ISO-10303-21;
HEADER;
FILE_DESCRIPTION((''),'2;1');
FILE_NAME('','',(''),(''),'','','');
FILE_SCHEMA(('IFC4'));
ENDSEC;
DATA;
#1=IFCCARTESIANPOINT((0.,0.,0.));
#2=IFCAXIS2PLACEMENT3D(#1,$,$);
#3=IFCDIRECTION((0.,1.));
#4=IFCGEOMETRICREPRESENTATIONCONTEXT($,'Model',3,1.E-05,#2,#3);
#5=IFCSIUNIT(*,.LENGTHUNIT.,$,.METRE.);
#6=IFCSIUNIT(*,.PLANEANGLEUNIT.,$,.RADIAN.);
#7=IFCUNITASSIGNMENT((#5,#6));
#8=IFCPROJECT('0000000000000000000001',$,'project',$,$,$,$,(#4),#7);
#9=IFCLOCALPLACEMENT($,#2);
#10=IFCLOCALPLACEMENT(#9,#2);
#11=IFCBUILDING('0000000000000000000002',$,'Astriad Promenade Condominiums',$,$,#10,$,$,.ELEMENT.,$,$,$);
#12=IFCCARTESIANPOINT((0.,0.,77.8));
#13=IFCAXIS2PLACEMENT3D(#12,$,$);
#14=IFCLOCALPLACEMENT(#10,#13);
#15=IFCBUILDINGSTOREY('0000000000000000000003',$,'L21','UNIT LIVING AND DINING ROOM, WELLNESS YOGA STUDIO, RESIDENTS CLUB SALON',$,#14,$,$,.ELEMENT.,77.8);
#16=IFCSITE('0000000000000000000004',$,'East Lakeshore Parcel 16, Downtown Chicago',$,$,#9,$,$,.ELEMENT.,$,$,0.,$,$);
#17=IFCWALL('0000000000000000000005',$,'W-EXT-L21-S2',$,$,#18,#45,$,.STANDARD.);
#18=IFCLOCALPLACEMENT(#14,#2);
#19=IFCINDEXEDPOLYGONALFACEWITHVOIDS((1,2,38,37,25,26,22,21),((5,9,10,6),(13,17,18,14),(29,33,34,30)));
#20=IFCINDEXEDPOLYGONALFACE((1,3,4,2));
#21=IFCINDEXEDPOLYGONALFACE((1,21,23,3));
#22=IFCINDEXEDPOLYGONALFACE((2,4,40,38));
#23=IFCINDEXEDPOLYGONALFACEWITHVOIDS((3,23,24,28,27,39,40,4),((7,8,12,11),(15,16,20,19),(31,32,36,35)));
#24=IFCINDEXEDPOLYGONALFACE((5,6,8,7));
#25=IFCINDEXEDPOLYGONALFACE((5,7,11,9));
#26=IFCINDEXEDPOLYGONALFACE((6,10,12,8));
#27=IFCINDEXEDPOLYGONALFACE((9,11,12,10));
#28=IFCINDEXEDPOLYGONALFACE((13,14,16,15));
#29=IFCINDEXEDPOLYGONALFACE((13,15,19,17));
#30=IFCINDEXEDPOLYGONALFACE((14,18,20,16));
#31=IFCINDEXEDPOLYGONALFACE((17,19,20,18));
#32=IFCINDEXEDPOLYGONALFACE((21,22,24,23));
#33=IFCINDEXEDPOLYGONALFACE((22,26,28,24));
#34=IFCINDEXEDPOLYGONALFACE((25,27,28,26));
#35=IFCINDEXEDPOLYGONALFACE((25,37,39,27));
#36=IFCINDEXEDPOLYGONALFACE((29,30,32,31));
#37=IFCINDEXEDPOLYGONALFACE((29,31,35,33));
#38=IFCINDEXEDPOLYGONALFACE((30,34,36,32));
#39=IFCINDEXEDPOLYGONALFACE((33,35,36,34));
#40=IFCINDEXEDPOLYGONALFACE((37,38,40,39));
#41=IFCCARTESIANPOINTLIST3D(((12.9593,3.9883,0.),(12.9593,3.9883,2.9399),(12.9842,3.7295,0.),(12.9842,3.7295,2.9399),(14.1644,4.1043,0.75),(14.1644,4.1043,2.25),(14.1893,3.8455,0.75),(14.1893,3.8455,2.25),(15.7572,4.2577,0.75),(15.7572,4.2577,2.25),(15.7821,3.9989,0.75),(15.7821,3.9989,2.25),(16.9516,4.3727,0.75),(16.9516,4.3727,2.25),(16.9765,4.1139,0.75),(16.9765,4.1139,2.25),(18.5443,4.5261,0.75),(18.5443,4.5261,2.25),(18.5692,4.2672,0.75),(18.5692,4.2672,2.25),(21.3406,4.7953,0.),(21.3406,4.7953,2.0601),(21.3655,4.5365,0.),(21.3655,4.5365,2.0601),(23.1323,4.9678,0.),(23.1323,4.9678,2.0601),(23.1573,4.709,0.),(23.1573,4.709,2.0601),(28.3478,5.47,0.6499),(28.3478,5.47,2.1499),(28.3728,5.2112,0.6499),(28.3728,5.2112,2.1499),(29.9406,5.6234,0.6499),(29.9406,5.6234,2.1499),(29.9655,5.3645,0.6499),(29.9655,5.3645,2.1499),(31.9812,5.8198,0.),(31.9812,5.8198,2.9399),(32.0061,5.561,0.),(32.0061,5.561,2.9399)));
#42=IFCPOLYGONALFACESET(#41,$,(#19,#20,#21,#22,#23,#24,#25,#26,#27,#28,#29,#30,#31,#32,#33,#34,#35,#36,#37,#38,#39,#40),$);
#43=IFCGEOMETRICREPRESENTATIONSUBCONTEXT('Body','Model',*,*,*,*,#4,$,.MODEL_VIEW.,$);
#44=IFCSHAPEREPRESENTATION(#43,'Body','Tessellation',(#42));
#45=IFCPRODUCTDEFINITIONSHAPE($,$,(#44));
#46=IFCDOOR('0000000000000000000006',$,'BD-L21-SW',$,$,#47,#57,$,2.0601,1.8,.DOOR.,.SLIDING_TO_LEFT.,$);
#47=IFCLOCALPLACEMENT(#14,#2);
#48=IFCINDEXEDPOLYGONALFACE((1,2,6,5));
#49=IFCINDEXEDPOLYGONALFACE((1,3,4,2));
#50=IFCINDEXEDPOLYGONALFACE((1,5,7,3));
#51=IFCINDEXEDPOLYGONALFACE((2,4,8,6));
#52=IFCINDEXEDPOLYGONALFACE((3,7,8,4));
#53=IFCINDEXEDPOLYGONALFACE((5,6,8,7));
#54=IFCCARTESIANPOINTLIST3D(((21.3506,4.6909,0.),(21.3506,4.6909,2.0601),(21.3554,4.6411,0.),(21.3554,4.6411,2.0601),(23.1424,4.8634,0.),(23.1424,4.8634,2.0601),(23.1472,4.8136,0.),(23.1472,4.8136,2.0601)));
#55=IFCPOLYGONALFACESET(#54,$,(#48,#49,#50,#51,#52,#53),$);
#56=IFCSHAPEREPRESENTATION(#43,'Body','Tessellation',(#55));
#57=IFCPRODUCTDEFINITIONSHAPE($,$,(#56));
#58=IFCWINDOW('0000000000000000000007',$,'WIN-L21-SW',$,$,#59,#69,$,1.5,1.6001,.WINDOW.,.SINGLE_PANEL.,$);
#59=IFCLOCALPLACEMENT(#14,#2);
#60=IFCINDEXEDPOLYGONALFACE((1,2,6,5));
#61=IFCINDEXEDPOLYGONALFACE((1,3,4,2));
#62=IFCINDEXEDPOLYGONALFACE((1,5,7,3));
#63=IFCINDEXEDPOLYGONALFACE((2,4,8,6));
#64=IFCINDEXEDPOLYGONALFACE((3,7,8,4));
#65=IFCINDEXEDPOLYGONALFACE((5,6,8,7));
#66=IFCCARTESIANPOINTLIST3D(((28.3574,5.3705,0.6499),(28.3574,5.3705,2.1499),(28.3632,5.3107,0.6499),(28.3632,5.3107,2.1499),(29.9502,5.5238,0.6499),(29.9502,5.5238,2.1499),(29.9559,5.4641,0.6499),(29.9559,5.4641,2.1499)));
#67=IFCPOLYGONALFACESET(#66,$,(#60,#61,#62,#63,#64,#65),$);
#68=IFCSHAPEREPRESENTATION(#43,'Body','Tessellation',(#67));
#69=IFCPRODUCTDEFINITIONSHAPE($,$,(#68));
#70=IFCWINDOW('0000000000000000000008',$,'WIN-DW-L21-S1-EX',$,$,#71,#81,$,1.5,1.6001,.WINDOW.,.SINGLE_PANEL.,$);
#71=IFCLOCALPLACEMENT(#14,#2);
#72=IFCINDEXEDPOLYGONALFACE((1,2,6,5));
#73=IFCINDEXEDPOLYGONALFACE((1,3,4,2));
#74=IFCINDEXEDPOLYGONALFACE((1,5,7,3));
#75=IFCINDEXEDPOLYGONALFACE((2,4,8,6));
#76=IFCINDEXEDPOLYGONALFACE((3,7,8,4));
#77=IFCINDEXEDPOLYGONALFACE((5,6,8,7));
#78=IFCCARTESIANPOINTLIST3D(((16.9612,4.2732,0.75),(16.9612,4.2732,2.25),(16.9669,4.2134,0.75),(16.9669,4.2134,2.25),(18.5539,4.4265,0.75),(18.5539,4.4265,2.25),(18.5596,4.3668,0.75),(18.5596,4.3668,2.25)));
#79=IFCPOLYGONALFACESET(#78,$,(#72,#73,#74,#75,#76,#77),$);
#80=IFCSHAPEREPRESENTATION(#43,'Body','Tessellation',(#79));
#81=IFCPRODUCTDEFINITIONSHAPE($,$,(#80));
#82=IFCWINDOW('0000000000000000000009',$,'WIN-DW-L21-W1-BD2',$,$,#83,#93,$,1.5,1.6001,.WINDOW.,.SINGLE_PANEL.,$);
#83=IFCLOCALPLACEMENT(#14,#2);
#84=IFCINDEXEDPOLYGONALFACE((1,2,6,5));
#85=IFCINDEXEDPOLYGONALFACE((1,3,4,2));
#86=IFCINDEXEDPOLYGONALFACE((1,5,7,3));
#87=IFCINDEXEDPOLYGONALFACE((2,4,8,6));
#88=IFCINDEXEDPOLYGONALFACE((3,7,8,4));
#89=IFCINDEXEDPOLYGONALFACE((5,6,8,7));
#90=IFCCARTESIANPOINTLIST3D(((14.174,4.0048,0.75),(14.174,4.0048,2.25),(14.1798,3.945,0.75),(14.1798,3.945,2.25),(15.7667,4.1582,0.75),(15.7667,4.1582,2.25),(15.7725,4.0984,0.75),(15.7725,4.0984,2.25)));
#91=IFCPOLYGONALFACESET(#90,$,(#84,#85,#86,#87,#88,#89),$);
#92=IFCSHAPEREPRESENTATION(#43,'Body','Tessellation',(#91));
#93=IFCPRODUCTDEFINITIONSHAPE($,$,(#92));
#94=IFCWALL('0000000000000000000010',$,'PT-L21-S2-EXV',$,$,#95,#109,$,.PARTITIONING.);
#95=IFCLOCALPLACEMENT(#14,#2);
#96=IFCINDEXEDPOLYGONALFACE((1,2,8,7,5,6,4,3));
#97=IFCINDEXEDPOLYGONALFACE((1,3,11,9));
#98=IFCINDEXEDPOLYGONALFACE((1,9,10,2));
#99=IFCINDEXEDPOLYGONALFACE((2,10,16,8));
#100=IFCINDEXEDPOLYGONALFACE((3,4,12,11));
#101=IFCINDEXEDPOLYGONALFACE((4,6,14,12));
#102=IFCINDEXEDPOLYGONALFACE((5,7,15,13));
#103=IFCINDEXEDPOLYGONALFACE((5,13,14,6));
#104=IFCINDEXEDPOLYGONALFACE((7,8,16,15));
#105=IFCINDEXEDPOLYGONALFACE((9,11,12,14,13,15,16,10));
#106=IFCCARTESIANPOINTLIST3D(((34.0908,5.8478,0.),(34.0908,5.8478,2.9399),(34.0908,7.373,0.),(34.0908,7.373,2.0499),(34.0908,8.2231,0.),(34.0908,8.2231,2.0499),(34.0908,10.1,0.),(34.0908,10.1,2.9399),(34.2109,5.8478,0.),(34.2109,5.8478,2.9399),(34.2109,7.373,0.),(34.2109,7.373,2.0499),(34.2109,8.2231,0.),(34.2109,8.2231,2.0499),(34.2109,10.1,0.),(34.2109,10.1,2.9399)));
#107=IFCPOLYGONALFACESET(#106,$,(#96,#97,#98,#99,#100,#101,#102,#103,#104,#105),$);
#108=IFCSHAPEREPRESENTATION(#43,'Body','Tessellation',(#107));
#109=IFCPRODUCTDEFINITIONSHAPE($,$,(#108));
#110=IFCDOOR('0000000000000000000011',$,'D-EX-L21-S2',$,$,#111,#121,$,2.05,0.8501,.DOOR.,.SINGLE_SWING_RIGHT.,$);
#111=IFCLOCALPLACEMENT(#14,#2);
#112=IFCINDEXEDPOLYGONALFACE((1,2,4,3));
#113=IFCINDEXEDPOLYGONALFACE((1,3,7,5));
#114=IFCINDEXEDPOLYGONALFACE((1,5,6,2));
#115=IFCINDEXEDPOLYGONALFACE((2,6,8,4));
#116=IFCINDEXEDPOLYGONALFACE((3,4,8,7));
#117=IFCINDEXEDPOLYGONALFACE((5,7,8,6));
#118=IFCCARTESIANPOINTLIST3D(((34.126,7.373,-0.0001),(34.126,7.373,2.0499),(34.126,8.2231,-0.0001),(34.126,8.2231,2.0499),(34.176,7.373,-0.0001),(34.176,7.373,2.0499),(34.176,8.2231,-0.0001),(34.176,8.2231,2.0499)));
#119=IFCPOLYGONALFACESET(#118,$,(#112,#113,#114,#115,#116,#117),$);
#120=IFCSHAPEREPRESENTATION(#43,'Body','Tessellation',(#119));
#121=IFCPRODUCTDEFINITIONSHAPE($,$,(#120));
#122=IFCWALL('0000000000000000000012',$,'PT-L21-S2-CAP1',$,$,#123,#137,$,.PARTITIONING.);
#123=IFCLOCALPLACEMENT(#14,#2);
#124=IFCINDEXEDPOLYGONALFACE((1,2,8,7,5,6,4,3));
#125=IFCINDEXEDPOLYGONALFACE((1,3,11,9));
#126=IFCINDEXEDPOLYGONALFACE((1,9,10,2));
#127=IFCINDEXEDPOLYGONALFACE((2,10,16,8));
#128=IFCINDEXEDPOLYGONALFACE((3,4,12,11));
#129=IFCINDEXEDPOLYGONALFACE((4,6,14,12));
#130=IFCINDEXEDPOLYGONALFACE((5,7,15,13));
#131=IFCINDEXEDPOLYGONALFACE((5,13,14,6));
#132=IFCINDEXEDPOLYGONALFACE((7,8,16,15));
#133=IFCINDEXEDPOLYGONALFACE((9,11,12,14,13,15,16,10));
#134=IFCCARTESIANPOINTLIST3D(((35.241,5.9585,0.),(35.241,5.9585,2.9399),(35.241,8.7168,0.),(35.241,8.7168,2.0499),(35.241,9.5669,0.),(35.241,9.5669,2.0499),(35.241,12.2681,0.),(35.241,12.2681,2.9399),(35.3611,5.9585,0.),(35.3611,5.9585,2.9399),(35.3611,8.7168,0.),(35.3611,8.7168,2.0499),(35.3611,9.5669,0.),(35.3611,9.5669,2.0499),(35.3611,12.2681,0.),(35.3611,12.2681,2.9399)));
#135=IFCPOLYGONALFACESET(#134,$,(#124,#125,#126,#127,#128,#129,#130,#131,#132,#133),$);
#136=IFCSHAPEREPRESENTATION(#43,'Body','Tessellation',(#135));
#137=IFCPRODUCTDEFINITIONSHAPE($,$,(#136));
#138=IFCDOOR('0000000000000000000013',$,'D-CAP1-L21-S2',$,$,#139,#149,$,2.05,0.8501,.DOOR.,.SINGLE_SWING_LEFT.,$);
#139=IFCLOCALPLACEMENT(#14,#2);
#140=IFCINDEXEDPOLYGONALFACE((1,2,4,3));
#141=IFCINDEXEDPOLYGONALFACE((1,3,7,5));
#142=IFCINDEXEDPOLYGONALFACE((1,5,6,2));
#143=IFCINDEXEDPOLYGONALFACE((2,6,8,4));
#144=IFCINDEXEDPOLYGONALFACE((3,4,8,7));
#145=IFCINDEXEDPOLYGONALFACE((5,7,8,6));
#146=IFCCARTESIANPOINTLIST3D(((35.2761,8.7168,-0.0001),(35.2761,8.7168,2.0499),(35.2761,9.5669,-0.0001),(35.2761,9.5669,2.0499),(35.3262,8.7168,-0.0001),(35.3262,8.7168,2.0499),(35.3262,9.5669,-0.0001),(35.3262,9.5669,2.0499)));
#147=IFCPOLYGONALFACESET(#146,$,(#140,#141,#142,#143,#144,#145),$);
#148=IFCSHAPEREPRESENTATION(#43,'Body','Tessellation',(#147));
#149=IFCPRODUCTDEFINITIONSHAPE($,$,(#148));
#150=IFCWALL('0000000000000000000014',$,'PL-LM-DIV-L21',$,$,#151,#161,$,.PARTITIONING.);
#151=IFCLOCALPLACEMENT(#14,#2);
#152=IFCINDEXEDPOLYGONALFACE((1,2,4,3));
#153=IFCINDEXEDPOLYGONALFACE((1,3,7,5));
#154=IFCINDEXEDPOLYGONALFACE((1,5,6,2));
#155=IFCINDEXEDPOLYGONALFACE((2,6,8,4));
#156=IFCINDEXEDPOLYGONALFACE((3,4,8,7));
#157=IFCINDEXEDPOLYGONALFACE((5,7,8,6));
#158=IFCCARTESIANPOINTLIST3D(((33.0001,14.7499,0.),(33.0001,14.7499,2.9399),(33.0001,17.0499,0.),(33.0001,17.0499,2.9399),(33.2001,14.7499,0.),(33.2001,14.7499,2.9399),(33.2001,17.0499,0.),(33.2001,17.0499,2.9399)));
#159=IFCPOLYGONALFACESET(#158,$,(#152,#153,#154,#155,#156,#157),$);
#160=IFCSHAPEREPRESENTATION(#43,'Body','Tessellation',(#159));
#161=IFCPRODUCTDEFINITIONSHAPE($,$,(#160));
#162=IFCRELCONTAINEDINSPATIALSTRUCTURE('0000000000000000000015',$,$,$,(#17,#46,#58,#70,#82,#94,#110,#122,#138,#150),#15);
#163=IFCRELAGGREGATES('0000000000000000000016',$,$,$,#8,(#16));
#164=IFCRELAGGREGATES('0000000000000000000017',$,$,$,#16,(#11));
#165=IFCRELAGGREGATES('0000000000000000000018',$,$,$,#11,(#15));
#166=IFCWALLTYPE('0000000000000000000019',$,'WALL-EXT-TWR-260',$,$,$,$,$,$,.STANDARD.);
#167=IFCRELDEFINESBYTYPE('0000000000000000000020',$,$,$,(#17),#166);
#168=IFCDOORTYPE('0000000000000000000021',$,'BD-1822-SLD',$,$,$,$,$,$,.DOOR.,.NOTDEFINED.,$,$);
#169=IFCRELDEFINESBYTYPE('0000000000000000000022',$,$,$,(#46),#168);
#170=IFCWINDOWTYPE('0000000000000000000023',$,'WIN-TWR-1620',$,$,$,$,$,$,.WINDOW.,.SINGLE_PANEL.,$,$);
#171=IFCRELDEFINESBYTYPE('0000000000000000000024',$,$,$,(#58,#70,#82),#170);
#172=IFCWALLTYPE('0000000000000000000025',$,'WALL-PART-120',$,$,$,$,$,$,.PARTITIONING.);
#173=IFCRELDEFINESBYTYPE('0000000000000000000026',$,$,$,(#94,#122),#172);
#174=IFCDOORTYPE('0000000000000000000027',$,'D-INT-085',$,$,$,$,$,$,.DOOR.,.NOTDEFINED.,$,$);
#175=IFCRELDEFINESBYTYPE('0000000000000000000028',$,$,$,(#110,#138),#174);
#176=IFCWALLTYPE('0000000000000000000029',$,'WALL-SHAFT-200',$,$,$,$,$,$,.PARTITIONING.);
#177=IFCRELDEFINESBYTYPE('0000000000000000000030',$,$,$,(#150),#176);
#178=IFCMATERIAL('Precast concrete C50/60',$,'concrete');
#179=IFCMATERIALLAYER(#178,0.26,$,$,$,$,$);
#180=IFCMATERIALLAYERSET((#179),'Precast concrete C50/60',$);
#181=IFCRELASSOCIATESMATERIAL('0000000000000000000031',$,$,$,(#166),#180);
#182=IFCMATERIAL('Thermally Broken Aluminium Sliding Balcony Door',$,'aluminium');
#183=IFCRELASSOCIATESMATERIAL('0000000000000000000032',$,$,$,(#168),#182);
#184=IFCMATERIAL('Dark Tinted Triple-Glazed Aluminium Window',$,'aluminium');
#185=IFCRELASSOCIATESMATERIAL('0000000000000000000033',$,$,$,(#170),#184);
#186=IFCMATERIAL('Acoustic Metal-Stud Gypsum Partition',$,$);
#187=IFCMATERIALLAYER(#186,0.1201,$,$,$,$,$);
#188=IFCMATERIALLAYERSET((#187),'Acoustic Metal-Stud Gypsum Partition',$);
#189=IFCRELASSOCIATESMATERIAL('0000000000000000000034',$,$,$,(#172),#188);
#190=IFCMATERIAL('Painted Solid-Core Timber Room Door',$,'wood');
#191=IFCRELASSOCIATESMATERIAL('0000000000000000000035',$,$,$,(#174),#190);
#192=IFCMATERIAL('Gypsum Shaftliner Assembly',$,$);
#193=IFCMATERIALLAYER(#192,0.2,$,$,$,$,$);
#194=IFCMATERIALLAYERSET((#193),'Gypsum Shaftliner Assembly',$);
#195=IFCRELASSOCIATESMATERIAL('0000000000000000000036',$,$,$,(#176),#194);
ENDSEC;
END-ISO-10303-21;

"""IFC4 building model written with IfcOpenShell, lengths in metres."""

from ifc_helpers import new_model, si_unit, direction, frame, frame_2d, origin, place, context, subcontext, project, spatial, rectangle, extrude, source, transform, mapped, material, layer, layer_set, type_object, type_shapes, element, fill, save


model = new_model("IFC4")

# Units and contexts
model_context = context("Model", 3, precision=1e-05, world=origin(), true_north=direction((0.0, 1.0)))
body_context = subcontext(model_context, "Body", "Model", "MODEL_VIEW")
ifc_project = project(units=[si_unit("LENGTHUNIT", "METRE"), si_unit("PLANEANGLEUNIT", "RADIAN")], contexts=[model_context])

# Site, building, storey
site_placement = place(None, origin())
site = spatial("IfcSite", under=ifc_project, at=site_placement, Name="East Lakeshore Parcel 16, Downtown Chicago", CompositionType="ELEMENT", RefElevation=0.0)
building_placement = place(site_placement, origin())
building = spatial("IfcBuilding", under=site, at=building_placement, Name="Astriad Promenade Condominiums", CompositionType="ELEMENT")
storey_placement = place(building_placement, frame((0.0, 0.0, 77.8)))
storey = spatial("IfcBuildingStorey", under=building, at=storey_placement, Name="L21", Description="UNIT LIVING AND DINING ROOM, WELLNESS YOGA STUDIO, RESIDENTS CLUB SALON", CompositionType="ELEMENT", Elevation=77.8)

# Wall, openings, door, windows
ifc_material_1 = material(Name="Precast concrete C50/60", Category="concrete")
ifc_layer_1 = layer(ifc_material_1, 0.26)
ifc_layer_set_1 = layer_set([ifc_layer_1], Name="Precast concrete C50/60")
wall_type_1 = type_object("IfcWallType", Name="WALL-EXT-TWR-260", PredefinedType="STANDARD", material=ifc_layer_set_1)
wall_1_placement = place(storey_placement, frame((31.9937, 5.6904, 0.0), z_axis=(0.0, 0.0, 1.0), x_axis=(-0.995397, -0.095842, 0.0)))
wall_1 = element("IfcWall", 1, at=wall_1_placement, inside=storey, type_object=wall_type_1, Name="W-EXT-L21-S2", PredefinedType="STANDARD", context=body_context, shape_type="SweptSolid", body=[
    extrude(rectangle(XDim=19.1099, YDim=0.26, at=frame_2d((9.5549, 0.0))), origin(), (0.0, 0.0, 1.0), 2.9399),
])
opening_1_placement = place(wall_1_placement, frame((8.8899, 0.0, 0.0)))
opening_1 = element("IfcOpeningElement", 2, at=opening_1_placement, cuts=wall_1, PredefinedType="OPENING", context=body_context, shape_type="SweptSolid", body=[
    extrude(rectangle(XDim=1.8, YDim=2.0601, at=frame_2d((0.8999, 1.03))), frame((0.0, 0.1399, 0.0), z_axis=(0.0, -1.0, 0.0), x_axis=(1.0, 0.0, 0.0)), (0.0, 0.0, 1.0), 0.28),
])
opening_2_placement = place(wall_1_placement, frame((2.05, 0.0, 0.6499)))
opening_2 = element("IfcOpeningElement", 3, at=opening_2_placement, cuts=wall_1, PredefinedType="OPENING", context=body_context, shape_type="SweptSolid", body=[
    extrude(rectangle(XDim=1.6001, YDim=1.5, at=frame_2d((0.8, 0.75))), frame((0.0, 0.1399, 0.0), z_axis=(0.0, -1.0, 0.0), x_axis=(1.0, 0.0, 0.0)), (0.0, 0.0, 1.0), 0.28),
])
opening_3_placement = place(wall_1_placement, frame((13.499, 0.0, 0.75)))
opening_3 = element("IfcOpeningElement", 4, at=opening_3_placement, cuts=wall_1, PredefinedType="OPENING", context=body_context, shape_type="SweptSolid", body=[
    extrude(rectangle(XDim=1.6001, YDim=1.5, at=frame_2d((0.8, 0.75))), frame((0.0, 0.1399, 0.0), z_axis=(0.0, -1.0, 0.0), x_axis=(1.0, 0.0, 0.0)), (0.0, 0.0, 1.0), 0.28),
])
opening_4_placement = place(wall_1_placement, frame((16.2991, 0.0, 0.75)))
opening_4 = element("IfcOpeningElement", 5, at=opening_4_placement, cuts=wall_1, PredefinedType="OPENING", context=body_context, shape_type="SweptSolid", body=[
    extrude(rectangle(XDim=1.6001, YDim=1.5, at=frame_2d((0.8, 0.75))), frame((0.0, 0.1399, 0.0), z_axis=(0.0, -1.0, 0.0), x_axis=(1.0, 0.0, 0.0)), (0.0, 0.0, 1.0), 0.28),
])
ifc_material_2 = material(Name="Thermally Broken Aluminium Sliding Balcony Door", Category="aluminium")
door_type_1 = type_object("IfcDoorType", Name="BD-1822-SLD", OperationType="NOTDEFINED", PredefinedType="DOOR", material=ifc_material_2)
shared_shape_1 = source(origin(), body_context, "Body", "SweptSolid", [
    extrude(rectangle(XDim=1.8, YDim=2.0601, at=frame_2d((0.8999, 1.03))), frame((0.0, 0.0249, 0.0), z_axis=(0.0, -1.0, 0.0), x_axis=(1.0, 0.0, 0.0)), (0.0, 0.0, 1.0), 0.05),
])
type_shapes(door_type_1, [shared_shape_1])
door_1_placement = place(opening_1_placement, origin())
door_1 = element("IfcDoor", 6, at=door_1_placement, inside=storey, type_object=door_type_1, Name="BD-L21-SW", OperationType="SLIDING_TO_LEFT", OverallHeight=2.0601, OverallWidth=1.8, PredefinedType="DOOR", context=body_context, shape_type="MappedRepresentation", body=[
    mapped(shared_shape_1, transform((0.0, 0.0, 0.0), scale=1.0)),
])
fill(opening_1, door_1)
ifc_material_3 = material(Name="Dark Tinted Triple-Glazed Aluminium Window", Category="aluminium")
window_type = type_object("IfcWindowType", Name="WIN-TWR-1620", PartitioningType="SINGLE_PANEL", PredefinedType="WINDOW", material=ifc_material_3)
shared_shape_2 = source(origin(), body_context, "Body", "SweptSolid", [
    extrude(rectangle(XDim=1.6001, YDim=1.5, at=frame_2d((0.8, 0.75))), frame((0.0, 0.03, 0.0), z_axis=(0.0, -1.0, 0.0), x_axis=(1.0, 0.0, 0.0)), (0.0, 0.0, 1.0), 0.0601),
])
type_shapes(window_type, [shared_shape_2])
window_1_placement = place(opening_2_placement, origin())
window_1 = element("IfcWindow", 7, at=window_1_placement, inside=storey, type_object=window_type, Name="WIN-L21-SW", OverallHeight=1.5, OverallWidth=1.6001, PartitioningType="SINGLE_PANEL", PredefinedType="WINDOW", context=body_context, shape_type="MappedRepresentation", body=[
    mapped(shared_shape_2, transform((0.0, 0.0, 0.0), scale=1.0)),
])
fill(opening_2, window_1)
window_2_placement = place(opening_3_placement, origin())
window_2 = element("IfcWindow", 8, at=window_2_placement, inside=storey, type_object=window_type, Name="WIN-DW-L21-S1-EX", OverallHeight=1.5, OverallWidth=1.6001, PartitioningType="SINGLE_PANEL", PredefinedType="WINDOW", context=body_context, shape_type="MappedRepresentation", body=[
    mapped(shared_shape_2, transform((0.0, 0.0, 0.0), scale=1.0)),
])
fill(opening_3, window_2)
window_3_placement = place(opening_4_placement, origin())
window_3 = element("IfcWindow", 9, at=window_3_placement, inside=storey, type_object=window_type, Name="WIN-DW-L21-W1-BD2", OverallHeight=1.5, OverallWidth=1.6001, PartitioningType="SINGLE_PANEL", PredefinedType="WINDOW", context=body_context, shape_type="MappedRepresentation", body=[
    mapped(shared_shape_2, transform((0.0, 0.0, 0.0), scale=1.0)),
])
fill(opening_4, window_3)

# Walls, openings, doors
ifc_material_4 = material(Name="Acoustic Metal-Stud Gypsum Partition")
ifc_layer_2 = layer(ifc_material_4, 0.1201)
ifc_layer_set_2 = layer_set([ifc_layer_2], Name="Acoustic Metal-Stud Gypsum Partition")
wall_type_2 = type_object("IfcWallType", Name="WALL-PART-120", PredefinedType="PARTITIONING", material=ifc_layer_set_2)
wall_2_placement = place(storey_placement, frame((34.1509, 5.8479, 0.0), z_axis=(0.0, 0.0, 1.0), x_axis=(0.0, 1.0, 0.0)))
wall_2 = element("IfcWall", 10, at=wall_2_placement, inside=storey, type_object=wall_type_2, Name="PT-L21-S2-EXV", PredefinedType="PARTITIONING", context=body_context, shape_type="SweptSolid", body=[
    extrude(rectangle(XDim=4.2522, YDim=0.1201, at=frame_2d((2.126, 0.0))), origin(), (0.0, 0.0, 1.0), 2.9399),
])
opening_5_placement = place(wall_2_placement, frame((1.5251, 0.0, 0.0)))
opening_5 = element("IfcOpeningElement", 11, at=opening_5_placement, cuts=wall_2, PredefinedType="OPENING", context=body_context, shape_type="SweptSolid", body=[
    extrude(rectangle(XDim=0.8501, YDim=2.05, at=frame_2d((0.425, 1.0249))), frame((0.0, 0.0701, 0.0), z_axis=(0.0, -1.0, 0.0), x_axis=(1.0, 0.0, 0.0)), (0.0, 0.0, 1.0), 0.1401),
])
ifc_material_5 = material(Name="Painted Solid-Core Timber Room Door", Category="wood")
door_type_2 = type_object("IfcDoorType", Name="D-INT-085", OperationType="NOTDEFINED", PredefinedType="DOOR", material=ifc_material_5)
shared_shape_3 = source(origin(), body_context, "Body", "SweptSolid", [
    extrude(rectangle(XDim=0.8501, YDim=2.05, at=frame_2d((0.425, 1.0249))), frame((0.0, 0.0249, 0.0), z_axis=(0.0, -1.0, 0.0), x_axis=(1.0, 0.0, 0.0)), (0.0, 0.0, 1.0), 0.05),
])
type_shapes(door_type_2, [shared_shape_3])
door_2_placement = place(opening_5_placement, origin())
door_2 = element("IfcDoor", 12, at=door_2_placement, inside=storey, type_object=door_type_2, Name="D-EX-L21-S2", OperationType="SINGLE_SWING_RIGHT", OverallHeight=2.05, OverallWidth=0.8501, PredefinedType="DOOR", context=body_context, shape_type="MappedRepresentation", body=[
    mapped(shared_shape_3, transform((0.0, 0.0, 0.0), scale=1.0)),
])
fill(opening_5, door_2)
wall_3_placement = place(storey_placement, frame((35.301, 5.9585, 0.0), z_axis=(0.0, 0.0, 1.0), x_axis=(0.0, 1.0, 0.0)))
wall_3 = element("IfcWall", 13, at=wall_3_placement, inside=storey, type_object=wall_type_2, Name="PT-L21-S2-CAP1", PredefinedType="PARTITIONING", context=body_context, shape_type="SweptSolid", body=[
    extrude(rectangle(XDim=6.3096, YDim=0.1201, at=frame_2d((3.1548, 0.0))), origin(), (0.0, 0.0, 1.0), 2.9399),
])
opening_6_placement = place(wall_3_placement, frame((2.7583, 0.0, 0.0)))
opening_6 = element("IfcOpeningElement", 14, at=opening_6_placement, cuts=wall_3, PredefinedType="OPENING", context=body_context, shape_type="SweptSolid", body=[
    extrude(rectangle(XDim=0.8501, YDim=2.05, at=frame_2d((0.425, 1.0249))), frame((0.0, 0.0701, 0.0), z_axis=(0.0, -1.0, 0.0), x_axis=(1.0, 0.0, 0.0)), (0.0, 0.0, 1.0), 0.1401),
])
door_3_placement = place(opening_6_placement, origin())
door_3 = element("IfcDoor", 15, at=door_3_placement, inside=storey, type_object=door_type_2, Name="D-CAP1-L21-S2", OperationType="SINGLE_SWING_LEFT", OverallHeight=2.05, OverallWidth=0.8501, PredefinedType="DOOR", context=body_context, shape_type="MappedRepresentation", body=[
    mapped(shared_shape_3, transform((0.0, 0.0, 0.0), scale=1.0)),
])
fill(opening_6, door_3)

# Wall
ifc_material_6 = material(Name="Gypsum Shaftliner Assembly")
ifc_layer_3 = layer(ifc_material_6, 0.2)
ifc_layer_set_3 = layer_set([ifc_layer_3], Name="Gypsum Shaftliner Assembly")
wall_type_3 = type_object("IfcWallType", Name="WALL-SHAFT-200", PredefinedType="PARTITIONING", material=ifc_layer_set_3)
wall_4_placement = place(storey_placement, frame((33.1001, 14.75, 0.0), z_axis=(0.0, 0.0, 1.0), x_axis=(0.0, 1.0, 0.0)))
element("IfcWall", 16, at=wall_4_placement, inside=storey, type_object=wall_type_3, Name="PL-LM-DIV-L21", PredefinedType="PARTITIONING", context=body_context, shape_type="SweptSolid", body=[
    extrude(rectangle(XDim=2.3, YDim=0.2, at=frame_2d((1.1499, 0.0))), origin(), (0.0, 0.0, 1.0), 2.9399),
])

save(model, "model.ifc")
